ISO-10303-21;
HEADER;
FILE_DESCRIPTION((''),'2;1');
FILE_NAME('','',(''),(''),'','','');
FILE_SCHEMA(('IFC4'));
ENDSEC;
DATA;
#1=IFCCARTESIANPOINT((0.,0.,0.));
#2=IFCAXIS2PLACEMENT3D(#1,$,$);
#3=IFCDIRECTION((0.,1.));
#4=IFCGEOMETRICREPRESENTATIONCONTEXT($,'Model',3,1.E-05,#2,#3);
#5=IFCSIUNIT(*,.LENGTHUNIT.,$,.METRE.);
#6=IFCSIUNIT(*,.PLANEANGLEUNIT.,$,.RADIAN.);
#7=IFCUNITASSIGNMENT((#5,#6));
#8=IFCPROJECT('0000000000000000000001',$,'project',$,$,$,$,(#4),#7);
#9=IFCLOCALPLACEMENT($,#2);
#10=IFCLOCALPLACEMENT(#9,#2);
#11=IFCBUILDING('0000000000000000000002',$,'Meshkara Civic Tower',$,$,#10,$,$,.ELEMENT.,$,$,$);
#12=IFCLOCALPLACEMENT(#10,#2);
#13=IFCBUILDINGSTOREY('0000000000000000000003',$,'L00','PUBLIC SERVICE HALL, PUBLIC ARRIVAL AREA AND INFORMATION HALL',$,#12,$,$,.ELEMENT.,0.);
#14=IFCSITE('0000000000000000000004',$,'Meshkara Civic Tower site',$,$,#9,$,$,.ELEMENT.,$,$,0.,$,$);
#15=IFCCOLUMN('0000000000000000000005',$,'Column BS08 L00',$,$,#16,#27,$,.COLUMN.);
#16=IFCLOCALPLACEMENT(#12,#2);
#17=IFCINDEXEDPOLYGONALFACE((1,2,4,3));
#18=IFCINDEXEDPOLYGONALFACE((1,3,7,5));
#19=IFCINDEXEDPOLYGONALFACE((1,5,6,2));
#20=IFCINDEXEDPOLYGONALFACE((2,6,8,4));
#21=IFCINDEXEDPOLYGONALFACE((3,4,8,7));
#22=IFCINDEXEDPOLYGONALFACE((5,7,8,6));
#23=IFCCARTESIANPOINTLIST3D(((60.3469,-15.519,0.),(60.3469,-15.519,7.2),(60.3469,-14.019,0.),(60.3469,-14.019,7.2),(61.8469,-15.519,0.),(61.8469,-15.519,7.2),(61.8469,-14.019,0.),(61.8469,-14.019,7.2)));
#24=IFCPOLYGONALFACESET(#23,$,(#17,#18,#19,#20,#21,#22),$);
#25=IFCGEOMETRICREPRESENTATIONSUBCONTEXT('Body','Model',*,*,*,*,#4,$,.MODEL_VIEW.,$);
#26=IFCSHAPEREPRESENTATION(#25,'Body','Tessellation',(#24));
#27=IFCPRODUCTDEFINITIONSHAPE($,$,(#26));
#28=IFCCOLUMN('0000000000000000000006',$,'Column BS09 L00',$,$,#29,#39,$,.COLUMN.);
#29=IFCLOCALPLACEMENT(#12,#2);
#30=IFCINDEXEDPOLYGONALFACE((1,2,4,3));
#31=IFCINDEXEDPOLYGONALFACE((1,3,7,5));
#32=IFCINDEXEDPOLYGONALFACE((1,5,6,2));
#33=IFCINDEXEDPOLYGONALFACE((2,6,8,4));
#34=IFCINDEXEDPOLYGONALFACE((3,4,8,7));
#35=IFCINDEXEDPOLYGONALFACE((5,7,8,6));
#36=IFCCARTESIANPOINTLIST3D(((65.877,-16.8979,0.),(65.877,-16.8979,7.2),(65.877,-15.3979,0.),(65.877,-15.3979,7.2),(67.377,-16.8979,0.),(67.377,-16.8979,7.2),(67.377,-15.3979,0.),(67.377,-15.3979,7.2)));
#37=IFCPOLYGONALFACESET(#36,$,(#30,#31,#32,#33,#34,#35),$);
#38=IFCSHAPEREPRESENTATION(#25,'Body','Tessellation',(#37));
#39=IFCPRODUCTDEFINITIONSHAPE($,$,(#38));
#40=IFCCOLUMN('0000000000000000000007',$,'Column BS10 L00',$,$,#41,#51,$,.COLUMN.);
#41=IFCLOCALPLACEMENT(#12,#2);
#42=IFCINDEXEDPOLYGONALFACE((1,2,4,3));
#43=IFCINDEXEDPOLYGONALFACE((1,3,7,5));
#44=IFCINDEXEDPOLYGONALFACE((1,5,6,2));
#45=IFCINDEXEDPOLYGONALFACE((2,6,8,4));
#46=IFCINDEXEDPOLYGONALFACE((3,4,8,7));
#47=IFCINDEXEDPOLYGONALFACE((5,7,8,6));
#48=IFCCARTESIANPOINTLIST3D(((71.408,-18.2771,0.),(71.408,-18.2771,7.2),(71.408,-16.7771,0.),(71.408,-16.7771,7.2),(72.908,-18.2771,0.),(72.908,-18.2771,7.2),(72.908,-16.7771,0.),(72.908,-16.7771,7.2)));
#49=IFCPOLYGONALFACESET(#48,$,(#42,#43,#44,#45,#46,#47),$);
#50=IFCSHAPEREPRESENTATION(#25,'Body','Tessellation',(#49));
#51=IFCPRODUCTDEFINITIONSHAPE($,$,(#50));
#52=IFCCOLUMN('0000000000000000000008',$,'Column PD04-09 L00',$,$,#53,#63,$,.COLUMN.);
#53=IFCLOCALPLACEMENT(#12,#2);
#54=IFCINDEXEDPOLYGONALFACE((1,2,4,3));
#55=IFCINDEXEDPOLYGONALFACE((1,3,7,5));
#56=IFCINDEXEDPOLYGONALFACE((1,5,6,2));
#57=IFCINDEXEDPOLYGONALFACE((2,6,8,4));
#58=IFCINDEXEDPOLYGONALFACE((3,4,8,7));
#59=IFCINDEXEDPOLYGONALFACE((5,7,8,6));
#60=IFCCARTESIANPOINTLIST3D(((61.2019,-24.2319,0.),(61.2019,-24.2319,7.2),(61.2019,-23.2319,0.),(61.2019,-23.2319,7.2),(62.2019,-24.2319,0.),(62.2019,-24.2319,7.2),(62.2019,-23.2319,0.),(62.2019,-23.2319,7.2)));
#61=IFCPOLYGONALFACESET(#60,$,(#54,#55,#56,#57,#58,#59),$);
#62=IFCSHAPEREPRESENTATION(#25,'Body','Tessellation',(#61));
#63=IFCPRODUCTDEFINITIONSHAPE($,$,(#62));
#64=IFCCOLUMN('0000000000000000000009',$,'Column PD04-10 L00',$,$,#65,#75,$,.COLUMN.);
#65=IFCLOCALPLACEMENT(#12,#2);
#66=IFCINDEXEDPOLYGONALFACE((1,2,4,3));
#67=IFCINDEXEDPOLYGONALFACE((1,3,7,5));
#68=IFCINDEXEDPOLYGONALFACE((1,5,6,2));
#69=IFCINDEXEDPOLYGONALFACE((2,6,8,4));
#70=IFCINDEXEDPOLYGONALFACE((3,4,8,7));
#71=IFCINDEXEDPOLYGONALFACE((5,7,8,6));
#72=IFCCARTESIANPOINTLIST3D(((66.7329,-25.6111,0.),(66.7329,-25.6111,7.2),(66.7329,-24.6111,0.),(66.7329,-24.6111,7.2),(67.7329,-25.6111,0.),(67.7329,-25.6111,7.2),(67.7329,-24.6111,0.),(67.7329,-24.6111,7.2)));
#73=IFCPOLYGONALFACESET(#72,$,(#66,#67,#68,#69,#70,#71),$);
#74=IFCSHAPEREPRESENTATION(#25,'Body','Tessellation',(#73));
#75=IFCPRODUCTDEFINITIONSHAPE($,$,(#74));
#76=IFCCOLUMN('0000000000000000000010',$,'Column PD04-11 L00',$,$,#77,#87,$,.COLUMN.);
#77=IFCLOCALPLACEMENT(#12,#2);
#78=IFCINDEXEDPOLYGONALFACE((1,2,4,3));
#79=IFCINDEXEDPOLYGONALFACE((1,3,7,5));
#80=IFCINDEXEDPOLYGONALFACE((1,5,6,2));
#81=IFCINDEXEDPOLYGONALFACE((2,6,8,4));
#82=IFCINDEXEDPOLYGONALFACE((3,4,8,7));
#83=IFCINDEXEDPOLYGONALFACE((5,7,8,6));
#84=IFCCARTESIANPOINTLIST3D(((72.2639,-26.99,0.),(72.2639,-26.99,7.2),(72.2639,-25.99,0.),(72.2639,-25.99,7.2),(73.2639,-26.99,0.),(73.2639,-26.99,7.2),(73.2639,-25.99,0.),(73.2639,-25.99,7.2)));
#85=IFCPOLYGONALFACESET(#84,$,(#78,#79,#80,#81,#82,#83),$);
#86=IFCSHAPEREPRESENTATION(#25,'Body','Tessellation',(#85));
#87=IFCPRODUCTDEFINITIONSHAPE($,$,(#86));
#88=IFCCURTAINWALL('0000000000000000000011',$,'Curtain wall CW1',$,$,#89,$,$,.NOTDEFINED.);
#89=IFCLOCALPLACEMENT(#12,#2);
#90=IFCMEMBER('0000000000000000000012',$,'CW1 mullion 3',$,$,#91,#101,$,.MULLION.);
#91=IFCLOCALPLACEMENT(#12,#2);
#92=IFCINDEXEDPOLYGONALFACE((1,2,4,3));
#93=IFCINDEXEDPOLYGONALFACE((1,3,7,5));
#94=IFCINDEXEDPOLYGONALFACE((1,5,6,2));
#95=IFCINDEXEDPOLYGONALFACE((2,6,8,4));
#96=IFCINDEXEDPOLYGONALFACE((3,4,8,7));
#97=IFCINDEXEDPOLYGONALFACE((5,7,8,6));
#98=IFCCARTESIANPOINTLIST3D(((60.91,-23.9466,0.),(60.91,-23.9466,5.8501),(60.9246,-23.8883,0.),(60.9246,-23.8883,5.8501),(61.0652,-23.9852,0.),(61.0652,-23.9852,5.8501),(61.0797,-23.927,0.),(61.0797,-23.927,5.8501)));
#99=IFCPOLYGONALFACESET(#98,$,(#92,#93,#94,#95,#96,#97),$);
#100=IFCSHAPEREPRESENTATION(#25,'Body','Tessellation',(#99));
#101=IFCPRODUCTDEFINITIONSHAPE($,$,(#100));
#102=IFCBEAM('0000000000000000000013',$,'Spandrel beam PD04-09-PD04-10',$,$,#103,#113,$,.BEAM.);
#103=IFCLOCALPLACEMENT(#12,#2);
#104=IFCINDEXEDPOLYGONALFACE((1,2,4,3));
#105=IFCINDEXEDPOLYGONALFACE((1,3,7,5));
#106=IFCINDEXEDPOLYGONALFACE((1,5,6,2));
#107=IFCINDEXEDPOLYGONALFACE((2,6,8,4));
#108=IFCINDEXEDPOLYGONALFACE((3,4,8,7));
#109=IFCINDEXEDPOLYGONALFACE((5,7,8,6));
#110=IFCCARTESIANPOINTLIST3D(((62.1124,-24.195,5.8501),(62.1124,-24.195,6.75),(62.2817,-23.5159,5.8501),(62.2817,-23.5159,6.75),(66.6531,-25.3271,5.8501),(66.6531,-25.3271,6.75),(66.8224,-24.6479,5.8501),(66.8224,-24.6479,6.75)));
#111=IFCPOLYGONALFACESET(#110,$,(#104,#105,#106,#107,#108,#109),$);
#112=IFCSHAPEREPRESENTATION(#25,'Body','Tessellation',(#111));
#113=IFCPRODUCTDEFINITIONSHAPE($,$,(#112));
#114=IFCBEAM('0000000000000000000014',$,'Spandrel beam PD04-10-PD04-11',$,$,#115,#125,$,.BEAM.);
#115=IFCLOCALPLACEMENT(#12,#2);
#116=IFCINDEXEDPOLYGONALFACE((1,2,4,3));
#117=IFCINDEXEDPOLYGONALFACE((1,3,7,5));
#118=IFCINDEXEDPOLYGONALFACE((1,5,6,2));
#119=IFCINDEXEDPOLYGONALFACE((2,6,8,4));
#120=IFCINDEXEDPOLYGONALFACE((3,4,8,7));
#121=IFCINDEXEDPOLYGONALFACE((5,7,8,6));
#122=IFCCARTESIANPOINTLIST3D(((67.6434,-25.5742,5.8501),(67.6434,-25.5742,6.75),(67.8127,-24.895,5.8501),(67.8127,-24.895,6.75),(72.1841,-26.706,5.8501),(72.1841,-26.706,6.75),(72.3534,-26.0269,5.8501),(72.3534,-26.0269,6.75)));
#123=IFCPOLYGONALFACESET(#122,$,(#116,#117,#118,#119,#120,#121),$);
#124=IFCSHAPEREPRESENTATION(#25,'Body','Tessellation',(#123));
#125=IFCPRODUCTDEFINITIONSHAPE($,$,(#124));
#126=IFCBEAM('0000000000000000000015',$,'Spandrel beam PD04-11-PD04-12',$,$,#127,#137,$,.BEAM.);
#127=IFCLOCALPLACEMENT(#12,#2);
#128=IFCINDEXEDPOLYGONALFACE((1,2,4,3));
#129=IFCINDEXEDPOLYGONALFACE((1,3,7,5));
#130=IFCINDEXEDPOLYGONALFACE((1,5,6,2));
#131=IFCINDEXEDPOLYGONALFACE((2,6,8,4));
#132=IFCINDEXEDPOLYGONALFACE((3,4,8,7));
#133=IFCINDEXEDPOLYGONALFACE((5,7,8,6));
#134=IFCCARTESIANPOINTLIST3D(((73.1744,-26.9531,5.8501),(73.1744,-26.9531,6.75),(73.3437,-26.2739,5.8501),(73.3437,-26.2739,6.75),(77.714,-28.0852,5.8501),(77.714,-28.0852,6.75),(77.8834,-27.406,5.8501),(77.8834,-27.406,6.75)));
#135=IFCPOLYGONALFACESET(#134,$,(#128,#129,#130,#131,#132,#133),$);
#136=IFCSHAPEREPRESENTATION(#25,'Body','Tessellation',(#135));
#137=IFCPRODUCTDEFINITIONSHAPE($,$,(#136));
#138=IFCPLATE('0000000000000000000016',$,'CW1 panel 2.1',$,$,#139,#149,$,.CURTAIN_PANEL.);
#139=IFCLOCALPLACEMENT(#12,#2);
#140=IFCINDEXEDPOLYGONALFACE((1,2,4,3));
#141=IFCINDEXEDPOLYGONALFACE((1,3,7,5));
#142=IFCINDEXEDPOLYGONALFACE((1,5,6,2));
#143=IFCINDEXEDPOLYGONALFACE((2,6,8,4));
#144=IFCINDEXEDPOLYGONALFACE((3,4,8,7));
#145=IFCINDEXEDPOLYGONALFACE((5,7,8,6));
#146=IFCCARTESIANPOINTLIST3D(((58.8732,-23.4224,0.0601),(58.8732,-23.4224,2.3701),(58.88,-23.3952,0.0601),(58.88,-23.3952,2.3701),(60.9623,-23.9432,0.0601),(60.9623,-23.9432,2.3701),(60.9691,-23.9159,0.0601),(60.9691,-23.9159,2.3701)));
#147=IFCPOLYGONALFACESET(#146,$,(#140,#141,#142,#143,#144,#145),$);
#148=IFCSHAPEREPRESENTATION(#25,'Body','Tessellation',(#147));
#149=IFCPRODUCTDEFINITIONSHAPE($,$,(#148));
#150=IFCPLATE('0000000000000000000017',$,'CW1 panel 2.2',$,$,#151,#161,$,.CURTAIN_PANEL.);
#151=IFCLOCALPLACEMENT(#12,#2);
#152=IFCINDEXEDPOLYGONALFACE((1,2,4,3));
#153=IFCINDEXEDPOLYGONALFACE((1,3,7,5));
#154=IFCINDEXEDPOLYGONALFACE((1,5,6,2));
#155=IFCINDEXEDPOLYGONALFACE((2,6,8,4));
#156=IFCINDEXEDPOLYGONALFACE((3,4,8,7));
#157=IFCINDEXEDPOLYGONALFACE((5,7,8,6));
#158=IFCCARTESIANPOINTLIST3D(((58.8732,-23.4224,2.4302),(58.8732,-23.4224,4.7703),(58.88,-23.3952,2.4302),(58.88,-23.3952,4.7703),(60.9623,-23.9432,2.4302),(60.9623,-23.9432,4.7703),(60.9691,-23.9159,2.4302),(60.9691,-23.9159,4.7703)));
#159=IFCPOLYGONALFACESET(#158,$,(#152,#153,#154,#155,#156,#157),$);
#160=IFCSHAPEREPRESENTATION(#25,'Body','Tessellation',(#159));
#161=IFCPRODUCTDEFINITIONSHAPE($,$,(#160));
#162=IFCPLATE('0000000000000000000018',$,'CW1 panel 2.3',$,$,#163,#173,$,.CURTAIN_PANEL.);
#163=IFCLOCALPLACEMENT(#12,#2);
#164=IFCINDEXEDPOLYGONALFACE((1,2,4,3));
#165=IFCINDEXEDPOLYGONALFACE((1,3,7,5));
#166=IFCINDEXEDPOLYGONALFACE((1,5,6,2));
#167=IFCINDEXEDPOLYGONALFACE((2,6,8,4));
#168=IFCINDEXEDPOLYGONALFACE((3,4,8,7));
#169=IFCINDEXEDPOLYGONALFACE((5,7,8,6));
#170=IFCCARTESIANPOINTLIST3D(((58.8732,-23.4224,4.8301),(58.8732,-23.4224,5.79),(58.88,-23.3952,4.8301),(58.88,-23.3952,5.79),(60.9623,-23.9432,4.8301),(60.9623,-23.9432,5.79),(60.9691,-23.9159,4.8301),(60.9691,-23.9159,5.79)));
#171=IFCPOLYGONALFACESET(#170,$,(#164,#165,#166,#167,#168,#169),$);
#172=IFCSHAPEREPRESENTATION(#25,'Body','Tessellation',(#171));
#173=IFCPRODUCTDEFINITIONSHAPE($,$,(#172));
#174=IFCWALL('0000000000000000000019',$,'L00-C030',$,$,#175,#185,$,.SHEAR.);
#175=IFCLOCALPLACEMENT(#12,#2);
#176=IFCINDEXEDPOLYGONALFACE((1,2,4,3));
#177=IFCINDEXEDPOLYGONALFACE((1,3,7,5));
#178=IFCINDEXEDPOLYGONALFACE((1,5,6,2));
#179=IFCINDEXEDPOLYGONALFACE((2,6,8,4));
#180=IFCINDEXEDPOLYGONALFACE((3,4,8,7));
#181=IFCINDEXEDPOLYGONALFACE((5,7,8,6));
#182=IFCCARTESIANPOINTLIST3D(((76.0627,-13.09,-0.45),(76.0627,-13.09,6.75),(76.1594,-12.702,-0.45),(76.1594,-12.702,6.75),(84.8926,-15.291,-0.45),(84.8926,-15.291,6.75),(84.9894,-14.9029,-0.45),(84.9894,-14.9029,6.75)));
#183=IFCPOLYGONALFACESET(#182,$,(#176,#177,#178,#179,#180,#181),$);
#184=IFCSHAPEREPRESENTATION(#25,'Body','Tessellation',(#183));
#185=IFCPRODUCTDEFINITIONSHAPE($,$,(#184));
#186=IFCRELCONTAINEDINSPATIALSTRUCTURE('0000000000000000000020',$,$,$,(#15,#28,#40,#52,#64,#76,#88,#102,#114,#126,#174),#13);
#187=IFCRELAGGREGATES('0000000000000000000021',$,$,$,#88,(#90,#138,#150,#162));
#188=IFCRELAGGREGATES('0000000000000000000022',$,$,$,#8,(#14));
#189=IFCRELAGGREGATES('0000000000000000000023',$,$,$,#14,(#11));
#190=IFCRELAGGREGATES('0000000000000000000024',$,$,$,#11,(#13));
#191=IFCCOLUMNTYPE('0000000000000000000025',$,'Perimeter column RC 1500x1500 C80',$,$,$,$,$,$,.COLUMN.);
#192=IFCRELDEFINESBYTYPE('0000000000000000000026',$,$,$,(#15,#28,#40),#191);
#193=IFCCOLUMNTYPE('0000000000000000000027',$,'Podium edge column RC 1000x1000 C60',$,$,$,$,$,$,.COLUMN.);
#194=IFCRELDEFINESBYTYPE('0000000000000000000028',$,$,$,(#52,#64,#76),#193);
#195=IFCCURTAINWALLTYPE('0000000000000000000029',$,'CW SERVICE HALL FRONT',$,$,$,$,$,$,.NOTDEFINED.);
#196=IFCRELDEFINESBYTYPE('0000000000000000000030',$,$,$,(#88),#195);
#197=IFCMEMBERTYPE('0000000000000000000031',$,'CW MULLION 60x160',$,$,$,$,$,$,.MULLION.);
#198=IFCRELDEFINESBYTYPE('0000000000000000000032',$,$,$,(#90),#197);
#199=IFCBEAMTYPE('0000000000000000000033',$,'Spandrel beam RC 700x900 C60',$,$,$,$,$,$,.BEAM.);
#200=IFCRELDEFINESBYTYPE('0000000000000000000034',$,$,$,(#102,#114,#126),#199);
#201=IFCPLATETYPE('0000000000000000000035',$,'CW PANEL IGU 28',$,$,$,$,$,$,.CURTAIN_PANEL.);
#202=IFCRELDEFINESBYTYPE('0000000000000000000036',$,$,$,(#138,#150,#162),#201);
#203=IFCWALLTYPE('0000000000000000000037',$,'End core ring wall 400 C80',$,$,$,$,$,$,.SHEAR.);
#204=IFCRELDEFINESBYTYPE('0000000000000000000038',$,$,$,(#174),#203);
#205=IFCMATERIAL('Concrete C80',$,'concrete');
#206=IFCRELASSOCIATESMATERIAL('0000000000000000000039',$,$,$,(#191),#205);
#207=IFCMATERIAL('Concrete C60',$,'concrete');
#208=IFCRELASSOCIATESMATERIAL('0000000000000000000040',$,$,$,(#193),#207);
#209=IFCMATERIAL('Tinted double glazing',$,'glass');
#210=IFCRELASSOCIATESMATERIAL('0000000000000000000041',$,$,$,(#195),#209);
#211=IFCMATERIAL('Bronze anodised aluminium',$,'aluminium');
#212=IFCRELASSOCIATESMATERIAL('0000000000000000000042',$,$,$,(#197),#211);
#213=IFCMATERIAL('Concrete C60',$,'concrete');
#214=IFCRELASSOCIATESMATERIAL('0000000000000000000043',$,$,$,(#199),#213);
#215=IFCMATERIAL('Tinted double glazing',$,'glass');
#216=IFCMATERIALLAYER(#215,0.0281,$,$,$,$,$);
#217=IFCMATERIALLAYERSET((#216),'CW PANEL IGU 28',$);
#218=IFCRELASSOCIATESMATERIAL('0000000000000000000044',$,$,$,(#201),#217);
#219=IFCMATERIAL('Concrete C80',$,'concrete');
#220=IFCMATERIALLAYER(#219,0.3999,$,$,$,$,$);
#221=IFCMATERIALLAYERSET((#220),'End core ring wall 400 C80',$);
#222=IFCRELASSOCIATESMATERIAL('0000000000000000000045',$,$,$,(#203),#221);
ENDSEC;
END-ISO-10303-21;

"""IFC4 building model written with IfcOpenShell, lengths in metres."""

from ifc_helpers import new_model, si_unit, direction, frame, frame_2d, origin, origin_2d, place, context, subcontext, project, spatial, rectangle, extrude, material, layer, layer_set, material_profile, profile_set, type_object, element, aggregate, save


model = new_model("IFC4")

# Units and contexts
model_context = context("Model", 3, precision=1e-05, world=origin(), true_north=direction((0.0, 1.0)))
body_context = subcontext(model_context, "Body", "Model", "MODEL_VIEW")
ifc_project = project(units=[si_unit("LENGTHUNIT", "METRE"), si_unit("PLANEANGLEUNIT", "RADIAN")], contexts=[model_context])

# Site, building, storey
site_placement = place(None, origin())
site = spatial("IfcSite", under=ifc_project, at=site_placement, Name="Meshkara Civic Tower site", CompositionType="ELEMENT", RefElevation=0.0)
building_placement = place(site_placement, origin())
building = spatial("IfcBuilding", under=site, at=building_placement, Name="Meshkara Civic Tower", CompositionType="ELEMENT")
storey_placement = place(building_placement, origin())
storey = spatial("IfcBuildingStorey", under=building, at=storey_placement, Name="L00", Description="PUBLIC SERVICE HALL, PUBLIC ARRIVAL AREA AND INFORMATION HALL", CompositionType="ELEMENT", Elevation=0.0)

# Columns
ifc_material_1 = material(Name="Concrete C80", Category="concrete")
ifc_material_profile_1 = material_profile(ifc_material_1, rectangle(XDim=1.5, YDim=1.5, at=origin_2d()))
ifc_profile_set_1 = profile_set([ifc_material_profile_1], Name="Concrete C80")
column_type_1 = type_object("IfcColumnType", Name="Perimeter column RC 1500x1500 C80", PredefinedType="COLUMN", material=ifc_profile_set_1)
for number, where, z_axis, x_axis, name in (
    (1, (61.0969, -14.769, 0.0), (0.0, 0.0, 1.0), (1.0, 0.0, 0.0), "Column BS08 L00"),
    (2, (66.627, -16.1479, 0.0), (0.0, 0.0, 1.0), (1.0, 0.0, 0.0), "Column BS09 L00"),
    (3, (72.158, -17.5271, 0.0), (0.0, 0.0, 1.0), (1.0, 0.0, 0.0), "Column BS10 L00"),
):
    element("IfcColumn", number, at=place(storey_placement, frame(where, z_axis=z_axis, x_axis=x_axis)), inside=storey, type_object=column_type_1, Name=name, PredefinedType="COLUMN", context=body_context, shape_type="SweptSolid", body=[
        extrude(rectangle(XDim=1.5, YDim=1.5, at=origin_2d()), origin(), (0.0, 0.0, 1.0), 7.2),
    ])
ifc_material_2 = material(Name="Concrete C60", Category="concrete")
ifc_material_profile_2 = material_profile(ifc_material_2, rectangle(XDim=1.0, YDim=1.0, at=origin_2d()))
ifc_profile_set_2 = profile_set([ifc_material_profile_2], Name="Concrete C60")
column_type_2 = type_object("IfcColumnType", Name="Podium edge column RC 1000x1000 C60", PredefinedType="COLUMN", material=ifc_profile_set_2)
for number, where, z_axis, x_axis, name in (
    (4, (61.7019, -23.7319, 0.0), (0.0, 0.0, 1.0), (1.0, 0.0, 0.0), "Column PD04-09 L00"),
    (5, (67.2329, -25.1111, 0.0), (0.0, 0.0, 1.0), (1.0, 0.0, 0.0), "Column PD04-10 L00"),
    (6, (72.7639, -26.49, 0.0), (0.0, 0.0, 1.0), (1.0, 0.0, 0.0), "Column PD04-11 L00"),
):
    element("IfcColumn", number, at=place(storey_placement, frame(where, z_axis=z_axis, x_axis=x_axis)), inside=storey, type_object=column_type_2, Name=name, PredefinedType="COLUMN", context=body_context, shape_type="SweptSolid", body=[
        extrude(rectangle(XDim=1.0, YDim=1.0, at=origin_2d()), origin(), (0.0, 0.0, 1.0), 7.2),
    ])

# Curtain wall, member
ifc_material_3 = material(Name="Tinted double glazing", Category="glass")
curtain_wall_type = type_object("IfcCurtainWallType", Name="CW SERVICE HALL FRONT", PredefinedType="NOTDEFINED", material=ifc_material_3)
curtain_wall_placement = place(storey_placement, origin())
curtain_wall = element("IfcCurtainWall", 7, at=curtain_wall_placement, inside=storey, type_object=curtain_wall_type, Name="Curtain wall CW1", PredefinedType="NOTDEFINED")
ifc_material_4 = material(Name="Bronze anodised aluminium", Category="aluminium")
ifc_material_profile_3 = material_profile(ifc_material_4, rectangle(XDim=0.0601, YDim=0.1599, at=origin_2d()))
ifc_profile_set_3 = profile_set([ifc_material_profile_3], Name="Bronze anodised aluminium")
member_type = type_object("IfcMemberType", Name="CW MULLION 60x160", PredefinedType="MULLION", material=ifc_profile_set_3)
member_placement = place(storey_placement, frame((60.9949, -23.9368, 0.0), z_axis=(0.0, 0.0, 1.0), x_axis=(0.241854, 0.970313, 0.0)))
member = element("IfcMember", 8, at=member_placement, type_object=member_type, Name="CW1 mullion 3", PredefinedType="MULLION", context=body_context, shape_type="SweptSolid", body=[
    extrude(rectangle(XDim=0.0601, YDim=0.1599, at=origin_2d()), origin(), (0.0, 0.0, 1.0), 5.8501),
])

# Beams
ifc_material_5 = material(Name="Concrete C60", Category="concrete")
ifc_material_profile_4 = material_profile(ifc_material_5, rectangle(XDim=0.7, YDim=0.8999, at=origin_2d()))
ifc_profile_set_4 = profile_set([ifc_material_profile_4], Name="Concrete C60")
beam_type = type_object("IfcBeamType", Name="Spandrel beam RC 700x900 C60", PredefinedType="BEAM", material=ifc_profile_set_4)
for number, where, z_axis, x_axis, name in (
    (9, (62.197, -23.8555, 6.3), (0.970299, -0.24191, 0.0), (0.24191, 0.970299, 0.0), "Spandrel beam PD04-09-PD04-10"),
    (10, (67.728, -25.2346, 6.3), (0.970311, -0.24186, 0.0), (0.24186, 0.970311, 0.0), "Spandrel beam PD04-10-PD04-11"),
):
    element("IfcBeam", number, at=place(storey_placement, frame(where, z_axis=z_axis, x_axis=x_axis)), inside=storey, type_object=beam_type, Name=name, PredefinedType="BEAM", context=body_context, shape_type="SweptSolid", body=[
        extrude(rectangle(XDim=0.7, YDim=0.8999, at=origin_2d()), origin(), (0.0, 0.0, 1.0), 4.6797),
    ])
beam_placement = place(storey_placement, frame((73.259, -26.6135, 6.3), z_axis=(0.970287, -0.241959, 0.0), x_axis=(0.241959, 0.970287, 0.0)))
element("IfcBeam", 11, at=beam_placement, inside=storey, type_object=beam_type, Name="Spandrel beam PD04-11-PD04-12", PredefinedType="BEAM", context=body_context, shape_type="SweptSolid", body=[
    extrude(rectangle(XDim=0.7, YDim=0.8999, at=origin_2d()), origin(), (0.0, 0.0, 1.0), 4.6787),
])

# Plates
ifc_material_6 = material(Name="Tinted double glazing", Category="glass")
ifc_layer_1 = layer(ifc_material_6, 0.0281)
ifc_layer_set_1 = layer_set([ifc_layer_1], Name="CW PANEL IGU 28")
plate_type = type_object("IfcPlateType", Name="CW PANEL IGU 28", PredefinedType="CURTAIN_PANEL", material=ifc_layer_set_1)
plate_1_placement = place(storey_placement, frame((59.9211, -23.6692, 0.0601), z_axis=(0.0, 0.0, 1.0), x_axis=(0.970313, -0.241854, 0.0)))
plate_1 = element("IfcPlate", 12, at=plate_1_placement, type_object=plate_type, Name="CW1 panel 2.1", PredefinedType="CURTAIN_PANEL", context=body_context, shape_type="SweptSolid", body=[
    extrude(rectangle(XDim=2.1531, YDim=0.0281, at=origin_2d()), origin(), (0.0, 0.0, 1.0), 2.3101),
])
plate_2_placement = place(storey_placement, frame((59.9211, -23.6692, 2.4302), z_axis=(0.0, 0.0, 1.0), x_axis=(0.970313, -0.241854, 0.0)))
plate_2 = element("IfcPlate", 13, at=plate_2_placement, type_object=plate_type, Name="CW1 panel 2.2", PredefinedType="CURTAIN_PANEL", context=body_context, shape_type="SweptSolid", body=[
    extrude(rectangle(XDim=2.1531, YDim=0.0281, at=origin_2d()), origin(), (0.0, 0.0, 1.0), 2.3401),
])
plate_3_placement = place(storey_placement, frame((59.9211, -23.6692, 4.8301), z_axis=(0.0, 0.0, 1.0), x_axis=(0.970313, -0.241854, 0.0)))
plate_3 = element("IfcPlate", 14, at=plate_3_placement, type_object=plate_type, Name="CW1 panel 2.3", PredefinedType="CURTAIN_PANEL", context=body_context, shape_type="SweptSolid", body=[
    extrude(rectangle(XDim=2.1531, YDim=0.0281, at=origin_2d()), origin(), (0.0, 0.0, 1.0), 0.96),
])
aggregate(curtain_wall, [member, plate_1, plate_2, plate_3])

# Wall
ifc_material_7 = material(Name="Concrete C80", Category="concrete")
ifc_layer_2 = layer(ifc_material_7, 0.3999)
ifc_layer_set_2 = layer_set([ifc_layer_2], Name="End core ring wall 400 C80")
wall_type_1 = type_object("IfcWallType", Name="End core ring wall 400 C80", PredefinedType="SHEAR", material=ifc_layer_set_2)
wall_1_placement = place(storey_placement, frame((76.1111, -12.896, -0.45), z_axis=(0.0, 0.0, 1.0), x_axis=(0.970311, -0.24186, 0.0)))
element("IfcWall", 15, at=wall_1_placement, inside=storey, type_object=wall_type_1, Name="L00-C030", PredefinedType="SHEAR", context=body_context, shape_type="SweptSolid", body=[
    extrude(rectangle(XDim=9.1001, YDim=0.3999, at=frame_2d((4.55, 0.0))), origin(), (0.0, 0.0, 1.0), 7.2),
])

save(model, "model.ifc")
